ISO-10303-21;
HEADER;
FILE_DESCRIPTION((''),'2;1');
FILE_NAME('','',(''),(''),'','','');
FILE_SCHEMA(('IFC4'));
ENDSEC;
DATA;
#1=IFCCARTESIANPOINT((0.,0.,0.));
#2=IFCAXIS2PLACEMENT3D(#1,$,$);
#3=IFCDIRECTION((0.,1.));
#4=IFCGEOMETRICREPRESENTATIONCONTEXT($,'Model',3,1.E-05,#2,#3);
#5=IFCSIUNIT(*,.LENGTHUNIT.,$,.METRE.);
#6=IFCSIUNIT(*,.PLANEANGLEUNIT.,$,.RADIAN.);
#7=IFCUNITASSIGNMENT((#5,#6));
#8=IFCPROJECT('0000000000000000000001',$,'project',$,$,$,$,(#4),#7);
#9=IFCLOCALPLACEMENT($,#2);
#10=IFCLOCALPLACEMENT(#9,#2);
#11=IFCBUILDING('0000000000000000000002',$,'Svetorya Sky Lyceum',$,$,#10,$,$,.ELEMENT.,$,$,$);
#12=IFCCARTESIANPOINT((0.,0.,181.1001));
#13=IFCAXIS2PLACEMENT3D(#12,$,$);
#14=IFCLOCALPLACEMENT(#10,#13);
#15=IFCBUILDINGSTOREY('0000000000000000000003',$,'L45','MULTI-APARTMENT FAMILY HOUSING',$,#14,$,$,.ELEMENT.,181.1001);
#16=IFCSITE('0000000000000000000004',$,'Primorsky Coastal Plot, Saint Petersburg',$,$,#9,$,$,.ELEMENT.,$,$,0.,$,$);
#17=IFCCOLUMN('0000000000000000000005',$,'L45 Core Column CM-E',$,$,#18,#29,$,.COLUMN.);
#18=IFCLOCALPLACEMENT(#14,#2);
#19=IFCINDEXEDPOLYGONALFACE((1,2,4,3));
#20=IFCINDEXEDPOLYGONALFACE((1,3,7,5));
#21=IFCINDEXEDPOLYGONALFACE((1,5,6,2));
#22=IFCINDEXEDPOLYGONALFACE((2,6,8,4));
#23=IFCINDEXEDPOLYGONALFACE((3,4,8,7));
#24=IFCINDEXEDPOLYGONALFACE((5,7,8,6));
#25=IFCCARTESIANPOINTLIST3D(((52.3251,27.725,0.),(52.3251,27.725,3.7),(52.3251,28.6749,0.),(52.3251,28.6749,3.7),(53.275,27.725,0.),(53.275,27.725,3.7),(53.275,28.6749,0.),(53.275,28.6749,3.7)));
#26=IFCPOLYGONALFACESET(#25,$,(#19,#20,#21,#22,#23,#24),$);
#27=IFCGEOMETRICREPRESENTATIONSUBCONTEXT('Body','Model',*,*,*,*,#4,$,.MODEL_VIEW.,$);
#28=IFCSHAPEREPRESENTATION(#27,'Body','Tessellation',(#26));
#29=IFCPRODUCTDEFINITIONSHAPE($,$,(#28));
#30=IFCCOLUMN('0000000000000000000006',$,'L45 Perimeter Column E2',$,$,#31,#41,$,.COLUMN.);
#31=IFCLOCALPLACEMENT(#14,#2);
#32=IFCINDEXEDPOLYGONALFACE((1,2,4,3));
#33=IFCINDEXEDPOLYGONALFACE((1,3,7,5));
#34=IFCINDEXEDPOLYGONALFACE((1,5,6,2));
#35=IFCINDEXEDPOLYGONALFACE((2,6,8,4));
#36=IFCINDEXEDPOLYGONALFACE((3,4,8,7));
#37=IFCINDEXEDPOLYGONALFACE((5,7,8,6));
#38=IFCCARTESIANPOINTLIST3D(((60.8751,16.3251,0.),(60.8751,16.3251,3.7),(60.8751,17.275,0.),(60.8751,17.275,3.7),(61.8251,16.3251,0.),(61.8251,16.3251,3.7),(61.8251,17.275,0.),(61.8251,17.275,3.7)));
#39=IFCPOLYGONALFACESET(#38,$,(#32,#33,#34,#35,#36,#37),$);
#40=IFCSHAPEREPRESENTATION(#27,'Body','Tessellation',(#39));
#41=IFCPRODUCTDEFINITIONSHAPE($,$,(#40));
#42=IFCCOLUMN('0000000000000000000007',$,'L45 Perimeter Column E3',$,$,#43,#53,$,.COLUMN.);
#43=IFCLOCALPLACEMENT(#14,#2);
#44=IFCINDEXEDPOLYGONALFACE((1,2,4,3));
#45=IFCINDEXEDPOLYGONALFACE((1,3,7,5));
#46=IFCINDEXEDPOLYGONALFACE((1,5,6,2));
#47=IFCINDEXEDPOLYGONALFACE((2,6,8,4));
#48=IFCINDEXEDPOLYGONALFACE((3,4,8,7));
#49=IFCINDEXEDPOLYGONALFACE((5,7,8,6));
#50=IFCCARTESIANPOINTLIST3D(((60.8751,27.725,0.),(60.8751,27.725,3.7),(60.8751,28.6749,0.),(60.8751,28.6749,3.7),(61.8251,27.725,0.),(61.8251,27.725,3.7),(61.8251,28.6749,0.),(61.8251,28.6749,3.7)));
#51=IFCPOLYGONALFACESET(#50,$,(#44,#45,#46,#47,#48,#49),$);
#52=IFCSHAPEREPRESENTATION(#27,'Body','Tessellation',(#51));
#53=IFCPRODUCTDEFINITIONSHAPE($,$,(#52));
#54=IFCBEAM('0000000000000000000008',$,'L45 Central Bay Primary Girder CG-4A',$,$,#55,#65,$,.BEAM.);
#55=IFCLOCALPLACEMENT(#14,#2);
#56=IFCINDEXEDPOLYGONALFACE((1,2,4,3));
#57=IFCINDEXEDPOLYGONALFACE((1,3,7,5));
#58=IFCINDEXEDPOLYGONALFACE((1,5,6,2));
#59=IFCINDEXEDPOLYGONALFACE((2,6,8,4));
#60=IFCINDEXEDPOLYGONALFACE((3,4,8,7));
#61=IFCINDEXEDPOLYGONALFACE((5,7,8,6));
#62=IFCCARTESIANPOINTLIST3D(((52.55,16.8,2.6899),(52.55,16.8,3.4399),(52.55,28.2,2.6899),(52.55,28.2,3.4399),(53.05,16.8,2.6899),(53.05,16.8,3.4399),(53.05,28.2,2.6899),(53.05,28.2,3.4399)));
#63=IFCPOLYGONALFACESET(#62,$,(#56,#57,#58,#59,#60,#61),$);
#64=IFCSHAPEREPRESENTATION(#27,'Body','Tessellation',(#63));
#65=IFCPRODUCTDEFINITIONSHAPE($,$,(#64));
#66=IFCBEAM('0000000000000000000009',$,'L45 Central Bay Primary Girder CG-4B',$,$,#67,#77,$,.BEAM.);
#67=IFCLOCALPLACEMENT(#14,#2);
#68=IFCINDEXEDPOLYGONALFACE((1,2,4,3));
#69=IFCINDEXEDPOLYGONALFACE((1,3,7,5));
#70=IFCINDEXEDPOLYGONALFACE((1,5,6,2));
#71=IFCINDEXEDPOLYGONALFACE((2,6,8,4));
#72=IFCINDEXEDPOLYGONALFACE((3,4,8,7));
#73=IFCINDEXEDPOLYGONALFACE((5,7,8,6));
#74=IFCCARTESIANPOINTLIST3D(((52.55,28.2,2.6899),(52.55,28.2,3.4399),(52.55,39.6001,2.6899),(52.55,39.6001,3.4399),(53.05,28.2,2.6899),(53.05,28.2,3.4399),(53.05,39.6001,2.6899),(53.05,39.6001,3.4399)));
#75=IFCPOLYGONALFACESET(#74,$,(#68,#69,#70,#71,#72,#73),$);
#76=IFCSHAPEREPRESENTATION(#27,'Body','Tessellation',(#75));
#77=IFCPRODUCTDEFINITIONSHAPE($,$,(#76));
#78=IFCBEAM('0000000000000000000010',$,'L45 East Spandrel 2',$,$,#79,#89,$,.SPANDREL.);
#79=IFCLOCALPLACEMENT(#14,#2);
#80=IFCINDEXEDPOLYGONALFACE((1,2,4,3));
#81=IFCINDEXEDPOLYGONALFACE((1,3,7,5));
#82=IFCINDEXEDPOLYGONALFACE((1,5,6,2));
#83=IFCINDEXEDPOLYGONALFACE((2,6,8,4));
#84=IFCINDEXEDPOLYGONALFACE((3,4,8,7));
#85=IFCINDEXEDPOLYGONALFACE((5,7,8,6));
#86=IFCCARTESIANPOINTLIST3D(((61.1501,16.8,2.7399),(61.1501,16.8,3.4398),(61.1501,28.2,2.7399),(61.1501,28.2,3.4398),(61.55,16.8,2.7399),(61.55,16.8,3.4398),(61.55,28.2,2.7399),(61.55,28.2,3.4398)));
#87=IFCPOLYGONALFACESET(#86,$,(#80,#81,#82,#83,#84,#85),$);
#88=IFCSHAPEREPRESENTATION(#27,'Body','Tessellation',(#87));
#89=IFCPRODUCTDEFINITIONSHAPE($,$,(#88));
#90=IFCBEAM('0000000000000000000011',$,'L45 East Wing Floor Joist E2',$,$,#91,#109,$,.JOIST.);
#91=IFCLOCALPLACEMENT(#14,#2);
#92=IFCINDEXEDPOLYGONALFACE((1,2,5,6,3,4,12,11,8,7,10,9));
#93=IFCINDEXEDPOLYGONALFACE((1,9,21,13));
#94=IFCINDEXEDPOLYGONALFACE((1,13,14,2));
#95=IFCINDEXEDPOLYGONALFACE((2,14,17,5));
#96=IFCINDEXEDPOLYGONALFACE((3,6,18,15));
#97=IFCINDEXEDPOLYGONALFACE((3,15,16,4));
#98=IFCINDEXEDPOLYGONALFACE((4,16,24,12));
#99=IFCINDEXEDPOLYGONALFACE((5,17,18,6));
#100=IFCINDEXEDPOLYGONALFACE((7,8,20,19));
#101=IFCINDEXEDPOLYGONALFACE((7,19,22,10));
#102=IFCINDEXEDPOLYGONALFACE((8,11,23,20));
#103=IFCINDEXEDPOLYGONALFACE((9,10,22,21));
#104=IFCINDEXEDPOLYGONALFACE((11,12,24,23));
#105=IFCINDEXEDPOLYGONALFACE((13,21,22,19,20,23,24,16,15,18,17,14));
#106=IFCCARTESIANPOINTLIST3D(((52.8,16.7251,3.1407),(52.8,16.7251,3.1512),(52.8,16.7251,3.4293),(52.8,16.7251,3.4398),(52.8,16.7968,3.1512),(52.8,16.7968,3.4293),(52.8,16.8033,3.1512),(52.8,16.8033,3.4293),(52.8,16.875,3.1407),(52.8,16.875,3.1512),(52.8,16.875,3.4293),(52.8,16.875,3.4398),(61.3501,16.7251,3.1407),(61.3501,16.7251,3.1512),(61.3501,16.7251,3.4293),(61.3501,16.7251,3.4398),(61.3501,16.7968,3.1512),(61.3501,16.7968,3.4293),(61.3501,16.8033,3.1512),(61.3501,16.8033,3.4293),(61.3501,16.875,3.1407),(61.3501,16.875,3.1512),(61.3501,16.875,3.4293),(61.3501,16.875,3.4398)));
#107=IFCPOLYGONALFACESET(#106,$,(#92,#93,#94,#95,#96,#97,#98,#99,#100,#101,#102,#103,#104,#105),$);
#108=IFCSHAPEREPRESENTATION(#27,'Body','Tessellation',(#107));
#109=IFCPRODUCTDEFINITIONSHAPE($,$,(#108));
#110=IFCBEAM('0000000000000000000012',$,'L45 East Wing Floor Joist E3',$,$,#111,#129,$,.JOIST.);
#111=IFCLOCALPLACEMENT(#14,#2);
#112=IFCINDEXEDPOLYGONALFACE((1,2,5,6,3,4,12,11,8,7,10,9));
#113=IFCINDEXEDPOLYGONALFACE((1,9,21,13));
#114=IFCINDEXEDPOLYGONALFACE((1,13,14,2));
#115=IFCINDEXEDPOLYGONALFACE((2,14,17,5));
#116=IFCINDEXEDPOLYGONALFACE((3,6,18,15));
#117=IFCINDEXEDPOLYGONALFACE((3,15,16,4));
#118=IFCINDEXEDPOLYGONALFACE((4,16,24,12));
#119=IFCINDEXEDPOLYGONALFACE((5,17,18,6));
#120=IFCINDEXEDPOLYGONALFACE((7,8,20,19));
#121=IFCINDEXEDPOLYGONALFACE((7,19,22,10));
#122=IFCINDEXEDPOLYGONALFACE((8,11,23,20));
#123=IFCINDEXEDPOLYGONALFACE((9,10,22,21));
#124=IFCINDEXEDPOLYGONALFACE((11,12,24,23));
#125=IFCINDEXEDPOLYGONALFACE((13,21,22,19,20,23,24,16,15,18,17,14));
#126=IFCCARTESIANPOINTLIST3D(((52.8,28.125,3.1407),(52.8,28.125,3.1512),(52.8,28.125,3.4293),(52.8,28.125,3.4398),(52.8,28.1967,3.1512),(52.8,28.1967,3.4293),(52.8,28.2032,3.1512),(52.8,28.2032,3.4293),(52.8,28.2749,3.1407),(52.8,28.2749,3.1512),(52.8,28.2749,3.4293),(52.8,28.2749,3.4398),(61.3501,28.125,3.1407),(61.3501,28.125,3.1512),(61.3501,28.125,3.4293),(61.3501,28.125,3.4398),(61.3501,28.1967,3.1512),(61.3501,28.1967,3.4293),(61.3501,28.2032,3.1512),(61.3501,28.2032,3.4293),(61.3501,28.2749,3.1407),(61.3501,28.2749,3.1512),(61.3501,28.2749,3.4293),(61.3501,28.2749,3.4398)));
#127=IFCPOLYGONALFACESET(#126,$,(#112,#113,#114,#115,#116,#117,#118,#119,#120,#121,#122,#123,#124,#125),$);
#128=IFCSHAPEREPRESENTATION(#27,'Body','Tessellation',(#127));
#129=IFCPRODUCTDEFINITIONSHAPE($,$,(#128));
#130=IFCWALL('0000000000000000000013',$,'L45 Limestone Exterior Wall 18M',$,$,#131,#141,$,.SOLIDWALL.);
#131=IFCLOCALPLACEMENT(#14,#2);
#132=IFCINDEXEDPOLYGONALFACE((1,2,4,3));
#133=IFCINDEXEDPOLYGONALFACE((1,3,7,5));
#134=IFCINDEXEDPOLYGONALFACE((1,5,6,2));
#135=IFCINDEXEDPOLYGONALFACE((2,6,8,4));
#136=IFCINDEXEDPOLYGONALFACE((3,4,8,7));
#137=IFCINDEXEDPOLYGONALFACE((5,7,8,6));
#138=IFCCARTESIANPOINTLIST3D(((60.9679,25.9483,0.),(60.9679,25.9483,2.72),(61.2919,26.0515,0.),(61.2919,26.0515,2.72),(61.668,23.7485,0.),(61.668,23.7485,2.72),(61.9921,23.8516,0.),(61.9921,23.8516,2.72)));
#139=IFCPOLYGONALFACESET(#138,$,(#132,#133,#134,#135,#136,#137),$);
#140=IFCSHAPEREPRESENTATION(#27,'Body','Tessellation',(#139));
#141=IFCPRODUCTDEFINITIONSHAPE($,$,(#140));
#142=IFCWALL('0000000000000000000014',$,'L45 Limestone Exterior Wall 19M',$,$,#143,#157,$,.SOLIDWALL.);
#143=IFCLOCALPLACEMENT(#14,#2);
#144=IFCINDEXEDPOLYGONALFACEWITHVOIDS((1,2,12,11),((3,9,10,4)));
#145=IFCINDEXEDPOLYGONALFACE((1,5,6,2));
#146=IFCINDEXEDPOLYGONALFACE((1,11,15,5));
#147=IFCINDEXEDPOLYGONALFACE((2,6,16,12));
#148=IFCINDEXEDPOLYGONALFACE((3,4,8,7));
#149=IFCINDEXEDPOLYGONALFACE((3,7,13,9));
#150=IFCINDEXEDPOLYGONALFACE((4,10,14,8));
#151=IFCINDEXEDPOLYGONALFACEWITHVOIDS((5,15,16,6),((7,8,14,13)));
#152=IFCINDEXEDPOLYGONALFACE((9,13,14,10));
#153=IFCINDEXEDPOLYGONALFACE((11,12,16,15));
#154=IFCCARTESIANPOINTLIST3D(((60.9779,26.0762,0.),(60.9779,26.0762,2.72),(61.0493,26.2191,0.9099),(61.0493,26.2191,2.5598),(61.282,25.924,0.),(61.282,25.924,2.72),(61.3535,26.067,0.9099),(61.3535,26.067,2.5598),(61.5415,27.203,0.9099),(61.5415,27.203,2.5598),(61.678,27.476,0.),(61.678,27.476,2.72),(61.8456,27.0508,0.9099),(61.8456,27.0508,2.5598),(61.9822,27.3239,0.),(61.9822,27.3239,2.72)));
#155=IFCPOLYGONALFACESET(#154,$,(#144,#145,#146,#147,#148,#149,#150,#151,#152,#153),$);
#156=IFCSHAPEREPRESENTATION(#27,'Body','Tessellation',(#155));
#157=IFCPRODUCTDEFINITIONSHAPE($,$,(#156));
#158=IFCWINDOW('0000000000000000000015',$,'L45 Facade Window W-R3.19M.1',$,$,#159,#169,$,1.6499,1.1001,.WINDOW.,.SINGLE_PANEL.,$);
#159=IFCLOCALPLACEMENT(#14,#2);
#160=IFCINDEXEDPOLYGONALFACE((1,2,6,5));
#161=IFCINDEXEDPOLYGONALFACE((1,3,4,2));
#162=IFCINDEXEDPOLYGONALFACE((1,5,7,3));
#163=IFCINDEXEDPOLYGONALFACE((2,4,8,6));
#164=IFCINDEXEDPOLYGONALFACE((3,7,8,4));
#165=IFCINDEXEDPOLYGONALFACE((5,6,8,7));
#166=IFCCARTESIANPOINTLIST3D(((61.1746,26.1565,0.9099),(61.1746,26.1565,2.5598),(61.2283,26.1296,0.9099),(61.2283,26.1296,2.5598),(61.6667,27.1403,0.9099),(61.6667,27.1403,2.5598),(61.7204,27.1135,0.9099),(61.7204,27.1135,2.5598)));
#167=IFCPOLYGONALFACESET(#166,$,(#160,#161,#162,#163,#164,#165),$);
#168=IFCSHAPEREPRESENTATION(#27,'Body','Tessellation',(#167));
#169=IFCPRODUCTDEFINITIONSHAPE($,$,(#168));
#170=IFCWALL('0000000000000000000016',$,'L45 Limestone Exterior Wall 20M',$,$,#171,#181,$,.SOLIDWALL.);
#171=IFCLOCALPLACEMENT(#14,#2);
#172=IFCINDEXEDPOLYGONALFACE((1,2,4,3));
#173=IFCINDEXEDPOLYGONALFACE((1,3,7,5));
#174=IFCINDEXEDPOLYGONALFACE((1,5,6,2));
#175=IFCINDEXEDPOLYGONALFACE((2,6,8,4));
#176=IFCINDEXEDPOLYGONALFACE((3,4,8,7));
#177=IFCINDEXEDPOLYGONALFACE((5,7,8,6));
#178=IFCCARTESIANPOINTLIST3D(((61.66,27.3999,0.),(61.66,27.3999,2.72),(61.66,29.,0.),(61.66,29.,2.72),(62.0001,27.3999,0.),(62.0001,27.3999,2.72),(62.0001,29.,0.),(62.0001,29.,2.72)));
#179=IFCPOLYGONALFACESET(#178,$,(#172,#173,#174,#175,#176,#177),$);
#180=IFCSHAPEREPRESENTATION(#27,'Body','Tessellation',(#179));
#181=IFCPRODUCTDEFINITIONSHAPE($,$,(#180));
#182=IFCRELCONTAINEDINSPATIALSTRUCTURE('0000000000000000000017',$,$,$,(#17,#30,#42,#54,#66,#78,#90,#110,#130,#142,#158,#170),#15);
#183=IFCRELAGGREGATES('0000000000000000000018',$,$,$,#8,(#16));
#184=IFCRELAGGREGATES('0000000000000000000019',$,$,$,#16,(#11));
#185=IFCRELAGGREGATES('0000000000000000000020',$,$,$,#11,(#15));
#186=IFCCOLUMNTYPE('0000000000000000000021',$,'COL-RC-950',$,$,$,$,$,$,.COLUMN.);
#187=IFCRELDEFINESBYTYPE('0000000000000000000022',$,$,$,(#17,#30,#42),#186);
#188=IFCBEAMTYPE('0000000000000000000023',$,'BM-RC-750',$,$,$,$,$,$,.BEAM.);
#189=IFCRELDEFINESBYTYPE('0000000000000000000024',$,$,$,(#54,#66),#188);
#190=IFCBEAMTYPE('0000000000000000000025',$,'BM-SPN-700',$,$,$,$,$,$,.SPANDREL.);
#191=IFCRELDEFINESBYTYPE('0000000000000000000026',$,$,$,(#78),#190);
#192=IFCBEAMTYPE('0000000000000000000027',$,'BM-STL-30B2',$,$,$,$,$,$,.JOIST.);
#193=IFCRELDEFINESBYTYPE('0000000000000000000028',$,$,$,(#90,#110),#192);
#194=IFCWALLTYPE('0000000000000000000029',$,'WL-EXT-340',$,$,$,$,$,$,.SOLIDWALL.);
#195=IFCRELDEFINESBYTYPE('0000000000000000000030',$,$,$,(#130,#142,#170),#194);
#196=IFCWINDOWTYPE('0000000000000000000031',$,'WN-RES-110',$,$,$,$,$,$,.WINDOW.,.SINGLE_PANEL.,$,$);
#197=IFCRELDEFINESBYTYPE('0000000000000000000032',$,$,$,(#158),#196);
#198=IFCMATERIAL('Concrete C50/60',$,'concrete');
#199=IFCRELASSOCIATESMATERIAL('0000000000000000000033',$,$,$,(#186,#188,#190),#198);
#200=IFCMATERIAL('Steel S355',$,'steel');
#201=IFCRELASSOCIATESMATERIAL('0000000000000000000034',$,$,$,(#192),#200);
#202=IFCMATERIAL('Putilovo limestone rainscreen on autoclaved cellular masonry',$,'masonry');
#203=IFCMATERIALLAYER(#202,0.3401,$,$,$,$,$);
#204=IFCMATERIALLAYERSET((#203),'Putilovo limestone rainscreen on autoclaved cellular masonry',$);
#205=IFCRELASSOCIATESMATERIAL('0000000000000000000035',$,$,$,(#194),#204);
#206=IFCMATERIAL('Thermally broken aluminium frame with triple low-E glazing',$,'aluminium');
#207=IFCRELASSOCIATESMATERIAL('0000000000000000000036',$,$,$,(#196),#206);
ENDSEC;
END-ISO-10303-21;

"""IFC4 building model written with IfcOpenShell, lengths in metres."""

from ifc_helpers import new_model, si_unit, direction, frame, frame_2d, origin, origin_2d, place, context, subcontext, project, spatial, rectangle, i_section, extrude, material, layer, layer_set, material_profile, profile_set, type_object, element, fill, save


model = new_model("IFC4")

# Units and contexts
model_context = context("Model", 3, precision=1e-05, world=origin(), true_north=direction((0.0, 1.0)))
body_context = subcontext(model_context, "Body", "Model", "MODEL_VIEW")
ifc_project = project(units=[si_unit("LENGTHUNIT", "METRE"), si_unit("PLANEANGLEUNIT", "RADIAN")], contexts=[model_context])

# Site, building, storey
site_placement = place(None, origin())
site = spatial("IfcSite", under=ifc_project, at=site_placement, Name="Primorsky Coastal Plot, Saint Petersburg", CompositionType="ELEMENT", RefElevation=0.0)
building_placement = place(site_placement, origin())
building = spatial("IfcBuilding", under=site, at=building_placement, Name="Svetorya Sky Lyceum", CompositionType="ELEMENT")
storey_placement = place(building_placement, frame((0.0, 0.0, 181.1001)))
storey = spatial("IfcBuildingStorey", under=building, at=storey_placement, Name="L45", Description="MULTI-APARTMENT FAMILY HOUSING", CompositionType="ELEMENT", Elevation=181.1001)

# Columns
ifc_material_1 = material(Name="Concrete C50/60", Category="concrete")
ifc_material_profile_1 = material_profile(ifc_material_1, rectangle(XDim=0.95, YDim=0.95, at=origin_2d()), Name="RC COL 950x950")
ifc_profile_set_1 = profile_set([ifc_material_profile_1], Name="Concrete C50/60")
column_type = type_object("IfcColumnType", Name="COL-RC-950", PredefinedType="COLUMN", material=ifc_profile_set_1)
for number, where, z_axis, x_axis, name in (
    (1, (52.8, 28.2, 0.0), (0.0, 0.0, 1.0), (1.0, 0.0, 0.0), "L45 Core Column CM-E"),
    (2, (61.3501, 16.8, 0.0), (0.0, 0.0, 1.0), (1.0, 0.0, 0.0), "L45 Perimeter Column E2"),
    (3, (61.3501, 28.2, 0.0), (0.0, 0.0, 1.0), (1.0, 0.0, 0.0), "L45 Perimeter Column E3"),
):
    element("IfcColumn", number, at=place(storey_placement, frame(where, z_axis=z_axis, x_axis=x_axis)), inside=storey, type_object=column_type, Name=name, PredefinedType="COLUMN", context=body_context, shape_type="SweptSolid", body=[
        extrude(rectangle(XDim=0.95, YDim=0.95, at=origin_2d()), origin(), (0.0, 0.0, 1.0), 3.7),
    ])

# Beams
ifc_material_profile_2 = material_profile(ifc_material_1, rectangle(XDim=0.5, YDim=0.75, at=origin_2d()), Name="RC BEAM 500x750")
ifc_profile_set_2 = profile_set([ifc_material_profile_2], Name="Concrete C50/60")
beam_type_1 = type_object("IfcBeamType", Name="BM-RC-750", PredefinedType="BEAM", material=ifc_profile_set_2)
beam_1_placement = place(storey_placement, frame((52.8, 16.8, 3.0649), z_axis=(0.0, 1.0, 0.0), x_axis=(-1.0, 0.0, 0.0)))
element("IfcBeam", 4, at=beam_1_placement, inside=storey, type_object=beam_type_1, Name="L45 Central Bay Primary Girder CG-4A", PredefinedType="BEAM", context=body_context, shape_type="SweptSolid", body=[
    extrude(rectangle(XDim=0.5, YDim=0.75, at=origin_2d()), origin(), (0.0, 0.0, 1.0), 11.3999),
])
beam_2_placement = place(storey_placement, frame((52.8, 28.2, 3.0649), z_axis=(0.0, 1.0, 0.0), x_axis=(-1.0, 0.0, 0.0)))
element("IfcBeam", 5, at=beam_2_placement, inside=storey, type_object=beam_type_1, Name="L45 Central Bay Primary Girder CG-4B", PredefinedType="BEAM", context=body_context, shape_type="SweptSolid", body=[
    extrude(rectangle(XDim=0.5, YDim=0.75, at=origin_2d()), origin(), (0.0, 0.0, 1.0), 11.4001),
])
ifc_material_profile_3 = material_profile(ifc_material_1, rectangle(XDim=0.3999, YDim=0.7, at=origin_2d()), Name="RC SPANDREL 400x700")
ifc_profile_set_3 = profile_set([ifc_material_profile_3], Name="Concrete C50/60")
beam_type_2 = type_object("IfcBeamType", Name="BM-SPN-700", PredefinedType="SPANDREL", material=ifc_profile_set_3)
beam_3_placement = place(storey_placement, frame((61.3501, 16.8, 3.0898), z_axis=(0.0, 1.0, 0.0), x_axis=(-1.0, 0.0, 0.0)))
element("IfcBeam", 6, at=beam_3_placement, inside=storey, type_object=beam_type_2, Name="L45 East Spandrel 2", PredefinedType="SPANDREL", context=body_context, shape_type="SweptSolid", body=[
    extrude(rectangle(XDim=0.3999, YDim=0.7, at=origin_2d()), origin(), (0.0, 0.0, 1.0), 11.3999),
])
ifc_material_2 = material(Name="Steel S355", Category="steel")
ifc_material_profile_4 = material_profile(ifc_material_2, i_section(OverallWidth=0.1499, OverallDepth=0.2991, WebThickness=0.0066, FlangeThickness=0.0105, at=origin_2d()), Name="GOST 30B2")
ifc_profile_set_4 = profile_set([ifc_material_profile_4], Name="Steel S355")
beam_type_3 = type_object("IfcBeamType", Name="BM-STL-30B2", PredefinedType="JOIST", material=ifc_profile_set_4)
for number, where, z_axis, x_axis, name in (
    (7, (52.8, 16.8, 3.2903), (1.0, 0.0, 0.0), (0.0, 1.0, 0.0), "L45 East Wing Floor Joist E2"),
    (8, (52.8, 28.2, 3.2903), (1.0, 0.0, 0.0), (0.0, 1.0, 0.0), "L45 East Wing Floor Joist E3"),
):
    element("IfcBeam", number, at=place(storey_placement, frame(where, z_axis=z_axis, x_axis=x_axis)), inside=storey, type_object=beam_type_3, Name=name, PredefinedType="JOIST", context=body_context, shape_type="SweptSolid", body=[
        extrude(i_section(OverallWidth=0.1499, OverallDepth=0.2991, WebThickness=0.0066, FlangeThickness=0.0105, at=origin_2d()), origin(), (0.0, 0.0, 1.0), 8.55),
    ])

# Wall
ifc_material_3 = material(Name="Putilovo limestone rainscreen on autoclaved cellular masonry", Category="masonry")
ifc_layer_1 = layer(ifc_material_3, 0.3401)
ifc_layer_set_1 = layer_set([ifc_layer_1], Name="Putilovo limestone rainscreen on autoclaved cellular masonry")
wall_type_1 = type_object("IfcWallType", Name="WL-EXT-340", PredefinedType="SOLIDWALL", material=ifc_layer_set_1)
wall_1_placement = place(storey_placement, frame((61.8301, 23.8, 0.0), z_axis=(0.0, 0.0, 1.0), x_axis=(-0.303287, 0.952899, 0.0)))
element("IfcWall", 9, at=wall_1_placement, inside=storey, type_object=wall_type_1, Name="L45 Limestone Exterior Wall 18M", PredefinedType="SOLIDWALL", context=body_context, shape_type="SweptSolid", body=[
    extrude(rectangle(XDim=2.3086, YDim=0.3401, at=frame_2d((1.1543, 0.0))), origin(), (0.0, 0.0, 1.0), 2.72),
])

# Wall, opening, window
wall_2_placement = place(storey_placement, frame((61.1299, 26.0, 0.0), z_axis=(0.0, 0.0, 1.0), x_axis=(0.447338, 0.894365, 0.0)))
wall_2 = element("IfcWall", 10, at=wall_2_placement, inside=storey, type_object=wall_type_1, Name="L45 Limestone Exterior Wall 19M", PredefinedType="SOLIDWALL", context=body_context, shape_type="SweptSolid", body=[
    extrude(rectangle(XDim=1.5652, YDim=0.3401, at=frame_2d((0.7827, 0.0))), origin(), (0.0, 0.0, 1.0), 2.72),
])
opening_1_placement = place(wall_2_placement, frame((0.1599, 0.0, 0.9099)))
opening_1 = element("IfcOpeningElement", 11, at=opening_1_placement, cuts=wall_2, PredefinedType="OPENING", context=body_context, shape_type="SweptSolid", body=[
    extrude(rectangle(XDim=1.1001, YDim=1.6499, at=frame_2d((0.55, 0.825))), frame((0.0, 0.1799, 0.0), z_axis=(0.0, -1.0, 0.0), x_axis=(1.0, 0.0, 0.0)), (0.0, 0.0, 1.0), 0.3601),
])
ifc_material_4 = material(Name="Thermally broken aluminium frame with triple low-E glazing", Category="aluminium")
window_type = type_object("IfcWindowType", Name="WN-RES-110", PartitioningType="SINGLE_PANEL", PredefinedType="WINDOW", material=ifc_material_4)
window_placement = place(opening_1_placement, origin())
window = element("IfcWindow", 12, at=window_placement, inside=storey, type_object=window_type, Name="L45 Facade Window W-R3.19M.1", OverallHeight=1.6499, OverallWidth=1.1001, PartitioningType="SINGLE_PANEL", PredefinedType="WINDOW", context=body_context, shape_type="SweptSolid", body=[
    extrude(rectangle(XDim=1.1001, YDim=1.6499, at=frame_2d((0.55, 0.825))), frame((0.0, 0.03, 0.0), z_axis=(0.0, -1.0, 0.0), x_axis=(1.0, 0.0, 0.0)), (0.0, 0.0, 1.0), 0.0601),
])
fill(opening_1, window)

# Wall
wall_3_placement = place(storey_placement, frame((61.8301, 27.3999, 0.0), z_axis=(0.0, 0.0, 1.0), x_axis=(0.0, 1.0, 0.0)))
element("IfcWall", 13, at=wall_3_placement, inside=storey, type_object=wall_type_1, Name="L45 Limestone Exterior Wall 20M", PredefinedType="SOLIDWALL", context=body_context, shape_type="SweptSolid", body=[
    extrude(rectangle(XDim=1.6001, YDim=0.3401, at=frame_2d((0.8, 0.0))), origin(), (0.0, 0.0, 1.0), 2.72),
])

save(model, "model.ifc")
